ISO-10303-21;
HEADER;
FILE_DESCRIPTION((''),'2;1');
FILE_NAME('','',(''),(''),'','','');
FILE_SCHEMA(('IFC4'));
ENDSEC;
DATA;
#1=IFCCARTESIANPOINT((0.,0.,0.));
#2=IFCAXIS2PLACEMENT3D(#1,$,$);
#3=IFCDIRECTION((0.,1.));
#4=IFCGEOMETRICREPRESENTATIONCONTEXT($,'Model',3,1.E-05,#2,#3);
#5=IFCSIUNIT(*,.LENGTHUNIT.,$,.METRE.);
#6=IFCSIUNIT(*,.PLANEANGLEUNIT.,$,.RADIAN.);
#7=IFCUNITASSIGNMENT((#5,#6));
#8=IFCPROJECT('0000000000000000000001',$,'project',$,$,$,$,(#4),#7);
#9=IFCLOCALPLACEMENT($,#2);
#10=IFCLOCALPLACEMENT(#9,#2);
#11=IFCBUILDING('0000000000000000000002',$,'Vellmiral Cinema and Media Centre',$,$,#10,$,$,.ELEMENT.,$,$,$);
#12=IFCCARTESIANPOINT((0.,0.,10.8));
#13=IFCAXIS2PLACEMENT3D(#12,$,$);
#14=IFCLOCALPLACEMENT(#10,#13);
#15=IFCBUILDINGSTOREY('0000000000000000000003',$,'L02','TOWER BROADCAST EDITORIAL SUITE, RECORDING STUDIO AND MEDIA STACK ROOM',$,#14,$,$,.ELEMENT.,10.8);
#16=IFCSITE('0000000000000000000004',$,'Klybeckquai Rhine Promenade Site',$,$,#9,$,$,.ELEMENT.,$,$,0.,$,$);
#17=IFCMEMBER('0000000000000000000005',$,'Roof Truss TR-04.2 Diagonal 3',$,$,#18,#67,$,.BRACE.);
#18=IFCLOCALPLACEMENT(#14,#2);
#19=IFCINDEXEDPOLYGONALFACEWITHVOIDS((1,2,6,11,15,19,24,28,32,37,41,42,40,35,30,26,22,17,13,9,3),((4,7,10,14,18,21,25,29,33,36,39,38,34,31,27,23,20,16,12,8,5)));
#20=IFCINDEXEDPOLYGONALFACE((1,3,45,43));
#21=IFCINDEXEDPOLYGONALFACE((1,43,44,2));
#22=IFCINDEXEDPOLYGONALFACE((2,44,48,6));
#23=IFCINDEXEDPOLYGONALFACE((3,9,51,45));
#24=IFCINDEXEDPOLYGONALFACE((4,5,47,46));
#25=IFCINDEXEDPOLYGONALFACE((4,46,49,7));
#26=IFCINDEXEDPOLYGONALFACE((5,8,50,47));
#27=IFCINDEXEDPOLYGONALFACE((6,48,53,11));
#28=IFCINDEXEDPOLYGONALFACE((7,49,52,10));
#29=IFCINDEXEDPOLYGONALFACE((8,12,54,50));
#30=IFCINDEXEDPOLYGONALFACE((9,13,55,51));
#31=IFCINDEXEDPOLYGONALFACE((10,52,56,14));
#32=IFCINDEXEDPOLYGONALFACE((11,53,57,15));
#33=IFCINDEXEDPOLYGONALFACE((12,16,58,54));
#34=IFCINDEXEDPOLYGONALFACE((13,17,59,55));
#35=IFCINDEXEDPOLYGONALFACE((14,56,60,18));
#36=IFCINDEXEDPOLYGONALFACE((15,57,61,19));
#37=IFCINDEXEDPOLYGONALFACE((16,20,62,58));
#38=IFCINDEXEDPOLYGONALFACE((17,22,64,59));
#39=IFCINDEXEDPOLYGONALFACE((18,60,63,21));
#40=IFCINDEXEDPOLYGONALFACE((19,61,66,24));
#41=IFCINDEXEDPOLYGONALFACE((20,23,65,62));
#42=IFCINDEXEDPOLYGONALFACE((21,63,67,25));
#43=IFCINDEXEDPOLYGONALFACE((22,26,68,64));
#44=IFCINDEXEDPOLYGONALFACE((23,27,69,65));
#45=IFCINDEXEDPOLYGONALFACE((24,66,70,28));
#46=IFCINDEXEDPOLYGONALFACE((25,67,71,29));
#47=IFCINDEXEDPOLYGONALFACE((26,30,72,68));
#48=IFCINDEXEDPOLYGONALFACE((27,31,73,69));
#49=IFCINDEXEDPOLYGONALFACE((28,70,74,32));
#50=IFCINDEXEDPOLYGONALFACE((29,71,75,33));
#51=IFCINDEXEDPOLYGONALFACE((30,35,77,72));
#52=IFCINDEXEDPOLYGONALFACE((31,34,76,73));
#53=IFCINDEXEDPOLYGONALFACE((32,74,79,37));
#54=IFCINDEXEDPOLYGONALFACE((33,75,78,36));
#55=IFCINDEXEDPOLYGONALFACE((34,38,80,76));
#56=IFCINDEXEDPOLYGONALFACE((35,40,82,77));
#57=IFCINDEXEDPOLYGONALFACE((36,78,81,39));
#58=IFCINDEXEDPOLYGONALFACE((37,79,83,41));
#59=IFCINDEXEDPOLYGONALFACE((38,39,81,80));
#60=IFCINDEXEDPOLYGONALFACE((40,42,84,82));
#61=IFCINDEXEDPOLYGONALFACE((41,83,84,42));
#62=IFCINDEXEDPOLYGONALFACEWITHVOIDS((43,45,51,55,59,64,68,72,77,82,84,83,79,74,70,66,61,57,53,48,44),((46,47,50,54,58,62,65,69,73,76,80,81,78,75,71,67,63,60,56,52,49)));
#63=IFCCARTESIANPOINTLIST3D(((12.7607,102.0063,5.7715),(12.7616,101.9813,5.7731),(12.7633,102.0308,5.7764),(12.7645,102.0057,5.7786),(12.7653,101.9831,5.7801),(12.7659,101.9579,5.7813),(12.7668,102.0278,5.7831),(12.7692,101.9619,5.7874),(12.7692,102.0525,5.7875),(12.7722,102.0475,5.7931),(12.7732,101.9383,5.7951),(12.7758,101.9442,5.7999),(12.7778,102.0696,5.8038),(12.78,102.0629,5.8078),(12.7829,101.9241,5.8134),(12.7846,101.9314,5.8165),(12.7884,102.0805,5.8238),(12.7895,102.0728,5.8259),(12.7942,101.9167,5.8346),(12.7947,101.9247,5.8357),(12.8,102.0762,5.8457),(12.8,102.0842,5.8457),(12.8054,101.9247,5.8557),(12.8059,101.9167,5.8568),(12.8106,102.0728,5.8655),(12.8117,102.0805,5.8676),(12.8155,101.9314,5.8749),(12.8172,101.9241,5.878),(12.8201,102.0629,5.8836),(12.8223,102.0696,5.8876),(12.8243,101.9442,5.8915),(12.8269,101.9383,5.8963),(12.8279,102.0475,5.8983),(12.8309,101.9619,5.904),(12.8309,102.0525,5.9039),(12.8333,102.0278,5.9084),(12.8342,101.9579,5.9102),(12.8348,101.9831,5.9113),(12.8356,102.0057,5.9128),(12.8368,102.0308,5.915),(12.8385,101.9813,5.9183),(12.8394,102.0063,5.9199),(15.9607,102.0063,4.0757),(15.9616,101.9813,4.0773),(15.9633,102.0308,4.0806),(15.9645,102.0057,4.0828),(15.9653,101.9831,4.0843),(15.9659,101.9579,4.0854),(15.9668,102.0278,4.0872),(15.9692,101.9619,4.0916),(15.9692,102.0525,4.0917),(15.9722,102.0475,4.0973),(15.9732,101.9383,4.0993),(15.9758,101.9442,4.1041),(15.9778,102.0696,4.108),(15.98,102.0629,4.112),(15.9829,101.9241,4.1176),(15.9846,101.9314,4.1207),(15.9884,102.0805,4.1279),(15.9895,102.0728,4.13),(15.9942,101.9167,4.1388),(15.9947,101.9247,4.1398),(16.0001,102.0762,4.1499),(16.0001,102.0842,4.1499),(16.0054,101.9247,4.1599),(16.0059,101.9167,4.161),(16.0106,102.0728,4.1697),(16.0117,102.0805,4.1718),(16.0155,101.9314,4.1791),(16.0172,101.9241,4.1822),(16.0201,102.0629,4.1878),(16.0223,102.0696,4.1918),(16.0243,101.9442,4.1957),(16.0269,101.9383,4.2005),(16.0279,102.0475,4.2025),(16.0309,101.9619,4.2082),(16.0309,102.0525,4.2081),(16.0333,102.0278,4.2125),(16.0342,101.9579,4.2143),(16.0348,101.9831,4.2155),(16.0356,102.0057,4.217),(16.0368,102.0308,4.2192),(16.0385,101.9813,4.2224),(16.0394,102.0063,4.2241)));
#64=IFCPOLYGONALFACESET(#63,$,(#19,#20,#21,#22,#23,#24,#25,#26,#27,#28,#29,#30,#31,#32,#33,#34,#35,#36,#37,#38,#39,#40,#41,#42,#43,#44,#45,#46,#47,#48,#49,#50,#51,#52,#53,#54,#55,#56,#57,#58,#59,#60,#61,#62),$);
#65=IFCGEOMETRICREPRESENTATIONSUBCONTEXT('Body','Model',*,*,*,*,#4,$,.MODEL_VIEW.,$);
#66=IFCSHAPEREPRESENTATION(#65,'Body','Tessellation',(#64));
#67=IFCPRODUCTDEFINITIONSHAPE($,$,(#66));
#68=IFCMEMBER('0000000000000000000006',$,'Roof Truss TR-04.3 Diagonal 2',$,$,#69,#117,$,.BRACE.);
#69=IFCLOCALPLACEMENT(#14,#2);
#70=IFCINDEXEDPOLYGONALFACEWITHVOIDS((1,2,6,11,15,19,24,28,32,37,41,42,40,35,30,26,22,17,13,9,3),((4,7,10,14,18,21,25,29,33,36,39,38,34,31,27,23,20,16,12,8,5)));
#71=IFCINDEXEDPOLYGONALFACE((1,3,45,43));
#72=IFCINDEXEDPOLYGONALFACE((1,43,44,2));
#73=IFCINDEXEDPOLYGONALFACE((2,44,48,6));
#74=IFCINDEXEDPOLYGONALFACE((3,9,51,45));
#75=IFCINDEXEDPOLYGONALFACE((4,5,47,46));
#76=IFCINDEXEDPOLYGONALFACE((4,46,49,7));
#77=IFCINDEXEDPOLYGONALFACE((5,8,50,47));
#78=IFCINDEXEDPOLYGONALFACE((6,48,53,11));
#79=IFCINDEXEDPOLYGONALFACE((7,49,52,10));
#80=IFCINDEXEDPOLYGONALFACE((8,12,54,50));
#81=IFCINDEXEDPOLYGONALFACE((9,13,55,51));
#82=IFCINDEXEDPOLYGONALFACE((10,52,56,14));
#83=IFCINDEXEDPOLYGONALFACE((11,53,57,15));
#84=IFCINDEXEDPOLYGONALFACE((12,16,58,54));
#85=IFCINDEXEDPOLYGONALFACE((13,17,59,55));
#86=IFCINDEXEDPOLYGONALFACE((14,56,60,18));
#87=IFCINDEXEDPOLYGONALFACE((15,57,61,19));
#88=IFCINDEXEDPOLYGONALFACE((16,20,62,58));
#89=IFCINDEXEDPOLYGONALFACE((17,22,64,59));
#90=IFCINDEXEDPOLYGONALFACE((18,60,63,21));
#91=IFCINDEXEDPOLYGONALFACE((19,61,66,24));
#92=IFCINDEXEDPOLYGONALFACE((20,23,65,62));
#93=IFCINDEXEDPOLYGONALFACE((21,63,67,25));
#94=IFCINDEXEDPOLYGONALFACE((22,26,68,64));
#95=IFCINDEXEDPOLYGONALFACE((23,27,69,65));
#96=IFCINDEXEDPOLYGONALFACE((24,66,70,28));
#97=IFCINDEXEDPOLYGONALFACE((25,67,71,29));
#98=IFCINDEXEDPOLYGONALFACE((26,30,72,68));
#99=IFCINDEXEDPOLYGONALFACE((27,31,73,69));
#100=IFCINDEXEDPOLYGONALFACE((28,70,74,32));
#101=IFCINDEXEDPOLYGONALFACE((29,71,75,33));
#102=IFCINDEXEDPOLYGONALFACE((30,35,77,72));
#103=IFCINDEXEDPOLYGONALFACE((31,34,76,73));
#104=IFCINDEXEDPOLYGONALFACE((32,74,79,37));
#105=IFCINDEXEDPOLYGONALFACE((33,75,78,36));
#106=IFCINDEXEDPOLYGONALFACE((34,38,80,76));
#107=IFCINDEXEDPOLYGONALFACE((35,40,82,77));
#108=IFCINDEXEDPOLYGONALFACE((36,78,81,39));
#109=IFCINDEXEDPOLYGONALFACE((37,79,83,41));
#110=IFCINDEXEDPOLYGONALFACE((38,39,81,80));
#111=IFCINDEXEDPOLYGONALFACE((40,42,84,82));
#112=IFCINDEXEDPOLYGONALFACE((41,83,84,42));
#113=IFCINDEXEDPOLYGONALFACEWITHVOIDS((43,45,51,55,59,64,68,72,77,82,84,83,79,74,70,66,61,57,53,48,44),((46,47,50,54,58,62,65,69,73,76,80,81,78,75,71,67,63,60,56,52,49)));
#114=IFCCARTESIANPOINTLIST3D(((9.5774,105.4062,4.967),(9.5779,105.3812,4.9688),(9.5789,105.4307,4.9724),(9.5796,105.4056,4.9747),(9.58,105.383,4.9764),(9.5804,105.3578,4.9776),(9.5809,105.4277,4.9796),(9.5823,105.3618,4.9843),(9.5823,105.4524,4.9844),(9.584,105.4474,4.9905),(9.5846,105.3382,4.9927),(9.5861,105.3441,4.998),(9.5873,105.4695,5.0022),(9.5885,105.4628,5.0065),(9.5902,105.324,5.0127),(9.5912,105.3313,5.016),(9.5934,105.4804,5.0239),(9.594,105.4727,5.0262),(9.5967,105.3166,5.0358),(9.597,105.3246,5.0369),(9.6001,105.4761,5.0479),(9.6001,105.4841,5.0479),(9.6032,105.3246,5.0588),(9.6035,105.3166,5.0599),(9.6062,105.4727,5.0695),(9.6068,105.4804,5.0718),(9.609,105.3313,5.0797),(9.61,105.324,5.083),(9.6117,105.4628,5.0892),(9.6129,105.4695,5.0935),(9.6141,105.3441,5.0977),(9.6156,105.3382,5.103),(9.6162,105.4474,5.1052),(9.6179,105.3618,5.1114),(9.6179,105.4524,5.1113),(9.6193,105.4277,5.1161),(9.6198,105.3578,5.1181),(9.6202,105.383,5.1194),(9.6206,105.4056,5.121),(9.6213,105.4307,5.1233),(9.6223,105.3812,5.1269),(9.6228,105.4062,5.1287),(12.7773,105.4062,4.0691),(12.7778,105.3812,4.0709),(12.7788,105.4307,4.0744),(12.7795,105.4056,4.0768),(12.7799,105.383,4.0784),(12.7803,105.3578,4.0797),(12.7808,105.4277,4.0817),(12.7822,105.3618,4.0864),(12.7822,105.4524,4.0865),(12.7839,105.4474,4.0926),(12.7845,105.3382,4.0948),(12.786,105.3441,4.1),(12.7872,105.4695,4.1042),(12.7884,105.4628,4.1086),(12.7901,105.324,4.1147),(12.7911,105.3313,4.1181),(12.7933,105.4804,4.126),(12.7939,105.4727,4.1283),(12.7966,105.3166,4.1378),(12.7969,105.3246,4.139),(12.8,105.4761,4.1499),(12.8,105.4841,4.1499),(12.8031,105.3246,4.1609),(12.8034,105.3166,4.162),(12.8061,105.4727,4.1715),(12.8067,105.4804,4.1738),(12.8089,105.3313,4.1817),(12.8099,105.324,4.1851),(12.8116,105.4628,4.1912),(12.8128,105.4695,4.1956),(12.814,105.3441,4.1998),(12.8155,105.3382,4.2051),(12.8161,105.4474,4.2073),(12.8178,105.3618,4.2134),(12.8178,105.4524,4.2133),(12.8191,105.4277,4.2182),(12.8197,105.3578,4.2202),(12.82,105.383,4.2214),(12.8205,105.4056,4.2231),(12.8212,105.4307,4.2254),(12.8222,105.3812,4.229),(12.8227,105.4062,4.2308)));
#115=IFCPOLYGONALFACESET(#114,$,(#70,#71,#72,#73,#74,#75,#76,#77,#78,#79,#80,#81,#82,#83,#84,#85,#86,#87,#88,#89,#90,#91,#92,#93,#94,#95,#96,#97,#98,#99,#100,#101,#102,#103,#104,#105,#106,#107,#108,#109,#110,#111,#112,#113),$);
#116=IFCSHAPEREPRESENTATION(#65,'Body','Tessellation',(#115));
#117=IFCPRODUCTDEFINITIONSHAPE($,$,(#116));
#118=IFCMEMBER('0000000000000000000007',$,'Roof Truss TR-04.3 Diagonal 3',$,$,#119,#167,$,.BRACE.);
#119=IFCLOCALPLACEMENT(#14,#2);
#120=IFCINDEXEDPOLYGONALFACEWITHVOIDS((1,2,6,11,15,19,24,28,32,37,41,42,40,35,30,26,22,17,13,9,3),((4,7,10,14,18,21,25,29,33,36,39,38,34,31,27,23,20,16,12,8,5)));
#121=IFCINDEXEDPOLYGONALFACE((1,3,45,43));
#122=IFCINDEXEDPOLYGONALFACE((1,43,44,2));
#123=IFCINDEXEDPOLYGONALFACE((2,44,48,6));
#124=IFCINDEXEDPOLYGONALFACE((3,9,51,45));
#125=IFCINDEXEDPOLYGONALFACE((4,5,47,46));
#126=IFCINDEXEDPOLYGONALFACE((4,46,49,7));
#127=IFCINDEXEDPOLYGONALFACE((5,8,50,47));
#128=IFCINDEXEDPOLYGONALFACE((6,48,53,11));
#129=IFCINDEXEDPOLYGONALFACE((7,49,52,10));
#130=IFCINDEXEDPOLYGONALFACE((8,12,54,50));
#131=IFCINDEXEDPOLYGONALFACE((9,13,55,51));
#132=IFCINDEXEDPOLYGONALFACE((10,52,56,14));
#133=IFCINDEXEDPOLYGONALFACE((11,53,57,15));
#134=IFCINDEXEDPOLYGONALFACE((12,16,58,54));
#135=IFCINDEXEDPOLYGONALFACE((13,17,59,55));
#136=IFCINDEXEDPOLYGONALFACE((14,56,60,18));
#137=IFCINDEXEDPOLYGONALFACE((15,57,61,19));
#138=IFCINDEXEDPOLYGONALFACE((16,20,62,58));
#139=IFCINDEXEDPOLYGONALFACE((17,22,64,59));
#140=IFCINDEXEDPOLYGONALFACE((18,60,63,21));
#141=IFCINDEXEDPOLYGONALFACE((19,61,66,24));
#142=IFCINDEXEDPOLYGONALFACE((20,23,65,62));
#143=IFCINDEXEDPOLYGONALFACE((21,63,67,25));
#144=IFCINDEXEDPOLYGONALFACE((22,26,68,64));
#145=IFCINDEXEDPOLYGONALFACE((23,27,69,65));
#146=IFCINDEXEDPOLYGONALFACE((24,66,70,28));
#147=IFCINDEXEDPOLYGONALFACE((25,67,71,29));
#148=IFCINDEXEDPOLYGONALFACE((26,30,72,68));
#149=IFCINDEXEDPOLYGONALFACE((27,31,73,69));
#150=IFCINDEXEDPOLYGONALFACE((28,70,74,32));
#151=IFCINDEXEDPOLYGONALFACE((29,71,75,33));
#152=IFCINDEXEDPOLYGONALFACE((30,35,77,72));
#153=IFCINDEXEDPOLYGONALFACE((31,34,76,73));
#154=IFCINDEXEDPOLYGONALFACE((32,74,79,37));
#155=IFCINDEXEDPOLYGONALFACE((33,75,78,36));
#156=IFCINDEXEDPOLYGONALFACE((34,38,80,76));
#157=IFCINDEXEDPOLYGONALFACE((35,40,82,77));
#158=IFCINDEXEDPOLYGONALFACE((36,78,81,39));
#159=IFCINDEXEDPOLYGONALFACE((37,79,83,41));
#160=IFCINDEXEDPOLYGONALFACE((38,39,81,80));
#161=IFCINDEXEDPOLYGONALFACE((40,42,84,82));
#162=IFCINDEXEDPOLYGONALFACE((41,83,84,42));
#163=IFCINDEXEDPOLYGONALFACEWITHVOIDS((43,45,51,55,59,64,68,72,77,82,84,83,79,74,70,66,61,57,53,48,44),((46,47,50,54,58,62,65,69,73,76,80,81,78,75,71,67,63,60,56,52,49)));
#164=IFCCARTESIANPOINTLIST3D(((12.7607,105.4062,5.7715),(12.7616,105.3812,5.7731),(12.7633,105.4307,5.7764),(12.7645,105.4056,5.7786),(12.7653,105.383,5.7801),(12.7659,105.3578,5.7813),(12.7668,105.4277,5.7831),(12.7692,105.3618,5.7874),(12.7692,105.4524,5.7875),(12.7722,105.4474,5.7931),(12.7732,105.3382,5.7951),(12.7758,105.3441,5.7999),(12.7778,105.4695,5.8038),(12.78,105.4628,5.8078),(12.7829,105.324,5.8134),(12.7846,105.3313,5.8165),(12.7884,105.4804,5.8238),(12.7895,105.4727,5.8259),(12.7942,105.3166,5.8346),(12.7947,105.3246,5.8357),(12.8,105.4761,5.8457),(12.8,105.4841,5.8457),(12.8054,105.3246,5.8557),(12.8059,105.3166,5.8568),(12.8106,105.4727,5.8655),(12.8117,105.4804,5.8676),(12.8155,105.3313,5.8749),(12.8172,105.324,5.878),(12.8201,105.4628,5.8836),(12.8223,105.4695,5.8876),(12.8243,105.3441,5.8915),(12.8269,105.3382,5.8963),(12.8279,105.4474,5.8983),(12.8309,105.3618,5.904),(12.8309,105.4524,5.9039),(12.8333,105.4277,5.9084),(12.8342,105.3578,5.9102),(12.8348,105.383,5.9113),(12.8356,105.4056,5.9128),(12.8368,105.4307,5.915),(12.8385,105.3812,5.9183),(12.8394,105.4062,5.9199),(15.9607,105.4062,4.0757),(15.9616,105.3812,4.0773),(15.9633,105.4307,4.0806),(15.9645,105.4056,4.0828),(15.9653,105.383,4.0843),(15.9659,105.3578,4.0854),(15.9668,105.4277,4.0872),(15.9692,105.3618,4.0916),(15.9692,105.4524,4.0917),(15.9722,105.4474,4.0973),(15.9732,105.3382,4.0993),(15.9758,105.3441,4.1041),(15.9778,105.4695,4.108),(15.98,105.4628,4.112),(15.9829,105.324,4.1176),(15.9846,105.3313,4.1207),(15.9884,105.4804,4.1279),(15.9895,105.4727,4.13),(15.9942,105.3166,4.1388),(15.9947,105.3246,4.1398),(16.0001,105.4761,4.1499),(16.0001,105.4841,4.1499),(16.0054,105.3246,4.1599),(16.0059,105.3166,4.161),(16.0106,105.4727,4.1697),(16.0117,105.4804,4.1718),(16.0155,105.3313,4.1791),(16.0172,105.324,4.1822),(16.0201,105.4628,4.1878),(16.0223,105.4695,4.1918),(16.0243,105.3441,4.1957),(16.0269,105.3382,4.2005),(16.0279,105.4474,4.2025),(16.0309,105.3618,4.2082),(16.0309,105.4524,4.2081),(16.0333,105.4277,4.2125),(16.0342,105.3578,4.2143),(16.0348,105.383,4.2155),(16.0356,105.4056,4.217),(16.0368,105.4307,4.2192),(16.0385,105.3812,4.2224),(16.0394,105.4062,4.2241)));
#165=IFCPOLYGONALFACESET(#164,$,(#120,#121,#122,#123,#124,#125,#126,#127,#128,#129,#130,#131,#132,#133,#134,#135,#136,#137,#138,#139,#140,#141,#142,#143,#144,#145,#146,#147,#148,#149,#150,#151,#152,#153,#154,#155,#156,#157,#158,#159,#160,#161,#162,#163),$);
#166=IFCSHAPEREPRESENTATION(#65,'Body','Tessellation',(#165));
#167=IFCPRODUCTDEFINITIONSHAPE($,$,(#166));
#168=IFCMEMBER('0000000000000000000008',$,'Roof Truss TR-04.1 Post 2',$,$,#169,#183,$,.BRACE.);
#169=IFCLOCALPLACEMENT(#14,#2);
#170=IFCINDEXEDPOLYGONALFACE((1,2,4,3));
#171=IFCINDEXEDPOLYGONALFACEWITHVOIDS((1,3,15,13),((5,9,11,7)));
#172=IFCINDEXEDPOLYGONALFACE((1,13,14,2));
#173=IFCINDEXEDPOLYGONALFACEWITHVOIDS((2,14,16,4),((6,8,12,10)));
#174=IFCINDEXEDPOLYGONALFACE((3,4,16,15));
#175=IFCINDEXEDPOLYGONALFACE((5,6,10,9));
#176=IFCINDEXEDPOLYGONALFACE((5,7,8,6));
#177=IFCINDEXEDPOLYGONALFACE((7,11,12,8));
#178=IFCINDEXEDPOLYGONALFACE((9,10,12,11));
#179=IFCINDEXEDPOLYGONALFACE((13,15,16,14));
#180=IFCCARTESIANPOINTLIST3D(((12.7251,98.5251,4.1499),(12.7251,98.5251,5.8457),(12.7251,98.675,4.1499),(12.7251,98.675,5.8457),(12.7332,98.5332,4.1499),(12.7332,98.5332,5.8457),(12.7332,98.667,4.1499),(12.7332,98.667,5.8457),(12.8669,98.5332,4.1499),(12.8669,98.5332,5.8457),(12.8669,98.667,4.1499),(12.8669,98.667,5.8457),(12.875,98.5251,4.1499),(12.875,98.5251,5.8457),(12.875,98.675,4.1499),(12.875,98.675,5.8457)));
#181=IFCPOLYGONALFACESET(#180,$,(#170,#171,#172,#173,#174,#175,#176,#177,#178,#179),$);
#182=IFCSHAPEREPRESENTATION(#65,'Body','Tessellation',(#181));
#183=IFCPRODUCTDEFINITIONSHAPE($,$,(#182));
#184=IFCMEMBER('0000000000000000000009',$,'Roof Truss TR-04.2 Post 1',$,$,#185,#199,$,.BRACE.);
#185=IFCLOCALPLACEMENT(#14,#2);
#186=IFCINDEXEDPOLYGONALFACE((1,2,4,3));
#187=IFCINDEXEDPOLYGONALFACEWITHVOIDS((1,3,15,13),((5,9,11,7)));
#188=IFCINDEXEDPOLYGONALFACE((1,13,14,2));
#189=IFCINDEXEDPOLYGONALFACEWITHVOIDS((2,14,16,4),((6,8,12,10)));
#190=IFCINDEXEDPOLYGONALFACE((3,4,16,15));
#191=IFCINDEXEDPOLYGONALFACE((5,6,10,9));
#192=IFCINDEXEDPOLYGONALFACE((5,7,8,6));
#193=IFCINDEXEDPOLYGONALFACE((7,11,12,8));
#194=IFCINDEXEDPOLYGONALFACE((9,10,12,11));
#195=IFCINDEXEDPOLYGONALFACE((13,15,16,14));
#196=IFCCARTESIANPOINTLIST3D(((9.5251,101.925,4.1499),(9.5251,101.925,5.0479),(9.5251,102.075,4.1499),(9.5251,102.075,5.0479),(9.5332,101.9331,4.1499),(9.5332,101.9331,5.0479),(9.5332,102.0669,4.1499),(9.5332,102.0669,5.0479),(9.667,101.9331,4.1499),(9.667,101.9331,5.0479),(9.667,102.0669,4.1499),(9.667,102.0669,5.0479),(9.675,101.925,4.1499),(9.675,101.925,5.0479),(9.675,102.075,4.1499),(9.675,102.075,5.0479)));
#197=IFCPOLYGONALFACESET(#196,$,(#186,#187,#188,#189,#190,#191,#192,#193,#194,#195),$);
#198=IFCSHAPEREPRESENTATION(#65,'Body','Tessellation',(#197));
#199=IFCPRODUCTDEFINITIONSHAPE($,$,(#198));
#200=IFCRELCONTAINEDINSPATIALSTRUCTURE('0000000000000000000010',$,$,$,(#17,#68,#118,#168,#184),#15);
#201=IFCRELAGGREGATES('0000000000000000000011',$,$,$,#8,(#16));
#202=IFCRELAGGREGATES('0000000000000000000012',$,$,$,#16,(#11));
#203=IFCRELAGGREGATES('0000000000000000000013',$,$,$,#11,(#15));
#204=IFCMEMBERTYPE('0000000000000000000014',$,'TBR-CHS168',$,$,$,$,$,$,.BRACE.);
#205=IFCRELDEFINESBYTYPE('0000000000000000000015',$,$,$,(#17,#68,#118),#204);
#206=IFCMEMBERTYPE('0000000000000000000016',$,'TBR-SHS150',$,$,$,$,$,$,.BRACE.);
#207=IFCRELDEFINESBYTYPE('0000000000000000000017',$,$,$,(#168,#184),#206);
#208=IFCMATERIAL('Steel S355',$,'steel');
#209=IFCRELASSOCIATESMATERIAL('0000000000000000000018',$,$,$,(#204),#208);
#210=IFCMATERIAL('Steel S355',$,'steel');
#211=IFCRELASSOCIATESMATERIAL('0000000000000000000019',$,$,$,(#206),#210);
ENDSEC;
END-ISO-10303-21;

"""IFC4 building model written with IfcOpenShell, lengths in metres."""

from ifc_helpers import new_model, si_unit, direction, frame, origin, origin_2d, place, context, subcontext, project, spatial, hollow_rectangle, hollow_circle, extrude, material, material_profile, profile_set, type_object, element, save


model = new_model("IFC4")

# Units and contexts
model_context = context("Model", 3, precision=1e-05, world=origin(), true_north=direction((0.0, 1.0)))
body_context = subcontext(model_context, "Body", "Model", "MODEL_VIEW")
ifc_project = project(units=[si_unit("LENGTHUNIT", "METRE"), si_unit("PLANEANGLEUNIT", "RADIAN")], contexts=[model_context])

# Site, building, storey
site_placement = place(None, origin())
site = spatial("IfcSite", under=ifc_project, at=site_placement, Name="Klybeckquai Rhine Promenade Site", CompositionType="ELEMENT", RefElevation=0.0)
building_placement = place(site_placement, origin())
building = spatial("IfcBuilding", under=site, at=building_placement, Name="Vellmiral Cinema and Media Centre", CompositionType="ELEMENT")
storey_placement = place(building_placement, frame((0.0, 0.0, 10.8)))
storey = spatial("IfcBuildingStorey", under=building, at=storey_placement, Name="L02", Description="TOWER BROADCAST EDITORIAL SUITE, RECORDING STUDIO AND MEDIA STACK ROOM", CompositionType="ELEMENT", Elevation=10.8)

# Members
ifc_material_1 = material(Name="Steel S355", Category="steel")
ifc_material_profile_1 = material_profile(ifc_material_1, hollow_circle(Radius=0.0842, WallThickness=0.0081, at=origin_2d()), Name="CHS 168.3x8.0")
ifc_profile_set_1 = profile_set([ifc_material_profile_1], Name="Steel S355")
member_type_1 = type_object("IfcMemberType", Name="TBR-CHS168", PredefinedType="BRACE", material=ifc_profile_set_1)
member_1_placement = place(storey_placement, frame((12.8, 102.0, 5.8457), z_axis=(0.883593, 0.0, -0.468256), x_axis=(0.0, 1.0, 0.0)))
element("IfcMember", 1, at=member_1_placement, inside=storey, type_object=member_type_1, Name="Roof Truss TR-04.2 Diagonal 3", PredefinedType="BRACE", context=body_context, shape_type="SweptSolid", body=[
    extrude(hollow_circle(Radius=0.0842, WallThickness=0.0081, at=origin_2d()), origin(), (0.0, 0.0, 1.0), 3.6216),
])
member_2_placement = place(storey_placement, frame((9.6001, 105.3999, 5.0479), z_axis=(0.962811, 0.0, -0.270178), x_axis=(0.0, 1.0, 0.0)))
element("IfcMember", 2, at=member_2_placement, inside=storey, type_object=member_type_1, Name="Roof Truss TR-04.3 Diagonal 2", PredefinedType="BRACE", context=body_context, shape_type="SweptSolid", body=[
    extrude(hollow_circle(Radius=0.0842, WallThickness=0.0081, at=origin_2d()), origin(), (0.0, 0.0, 1.0), 3.3235),
])
member_3_placement = place(storey_placement, frame((12.8, 105.3999, 5.8457), z_axis=(0.883593, 0.0, -0.468256), x_axis=(0.0, 1.0, 0.0)))
element("IfcMember", 3, at=member_3_placement, inside=storey, type_object=member_type_1, Name="Roof Truss TR-04.3 Diagonal 3", PredefinedType="BRACE", context=body_context, shape_type="SweptSolid", body=[
    extrude(hollow_circle(Radius=0.0842, WallThickness=0.0081, at=origin_2d()), origin(), (0.0, 0.0, 1.0), 3.6216),
])
ifc_material_2 = material(Name="Steel S355", Category="steel")
ifc_material_profile_2 = material_profile(ifc_material_2, hollow_rectangle(XDim=0.1499, YDim=0.1499, WallThickness=0.0081, at=origin_2d()), Name="SHS 150x150x8.0")
ifc_profile_set_2 = profile_set([ifc_material_profile_2], Name="Steel S355")
member_type_2 = type_object("IfcMemberType", Name="TBR-SHS150", PredefinedType="BRACE", material=ifc_profile_set_2)
member_4_placement = place(storey_placement, frame((12.8, 98.6001, 4.1499), z_axis=(0.0, 0.0, 1.0), x_axis=(1.0, 0.0, 0.0)))
element("IfcMember", 4, at=member_4_placement, inside=storey, type_object=member_type_2, Name="Roof Truss TR-04.1 Post 2", PredefinedType="BRACE", context=body_context, shape_type="SweptSolid", body=[
    extrude(hollow_rectangle(XDim=0.1499, YDim=0.1499, WallThickness=0.0081, at=origin_2d()), origin(), (0.0, 0.0, 1.0), 1.6958),
])
member_5_placement = place(storey_placement, frame((9.6001, 102.0, 4.1499), z_axis=(0.0, 0.0, 1.0), x_axis=(1.0, 0.0, 0.0)))
element("IfcMember", 5, at=member_5_placement, inside=storey, type_object=member_type_2, Name="Roof Truss TR-04.2 Post 1", PredefinedType="BRACE", context=body_context, shape_type="SweptSolid", body=[
    extrude(hollow_rectangle(XDim=0.1499, YDim=0.1499, WallThickness=0.0081, at=origin_2d()), origin(), (0.0, 0.0, 1.0), 0.8979),
])

save(model, "model.ifc")
